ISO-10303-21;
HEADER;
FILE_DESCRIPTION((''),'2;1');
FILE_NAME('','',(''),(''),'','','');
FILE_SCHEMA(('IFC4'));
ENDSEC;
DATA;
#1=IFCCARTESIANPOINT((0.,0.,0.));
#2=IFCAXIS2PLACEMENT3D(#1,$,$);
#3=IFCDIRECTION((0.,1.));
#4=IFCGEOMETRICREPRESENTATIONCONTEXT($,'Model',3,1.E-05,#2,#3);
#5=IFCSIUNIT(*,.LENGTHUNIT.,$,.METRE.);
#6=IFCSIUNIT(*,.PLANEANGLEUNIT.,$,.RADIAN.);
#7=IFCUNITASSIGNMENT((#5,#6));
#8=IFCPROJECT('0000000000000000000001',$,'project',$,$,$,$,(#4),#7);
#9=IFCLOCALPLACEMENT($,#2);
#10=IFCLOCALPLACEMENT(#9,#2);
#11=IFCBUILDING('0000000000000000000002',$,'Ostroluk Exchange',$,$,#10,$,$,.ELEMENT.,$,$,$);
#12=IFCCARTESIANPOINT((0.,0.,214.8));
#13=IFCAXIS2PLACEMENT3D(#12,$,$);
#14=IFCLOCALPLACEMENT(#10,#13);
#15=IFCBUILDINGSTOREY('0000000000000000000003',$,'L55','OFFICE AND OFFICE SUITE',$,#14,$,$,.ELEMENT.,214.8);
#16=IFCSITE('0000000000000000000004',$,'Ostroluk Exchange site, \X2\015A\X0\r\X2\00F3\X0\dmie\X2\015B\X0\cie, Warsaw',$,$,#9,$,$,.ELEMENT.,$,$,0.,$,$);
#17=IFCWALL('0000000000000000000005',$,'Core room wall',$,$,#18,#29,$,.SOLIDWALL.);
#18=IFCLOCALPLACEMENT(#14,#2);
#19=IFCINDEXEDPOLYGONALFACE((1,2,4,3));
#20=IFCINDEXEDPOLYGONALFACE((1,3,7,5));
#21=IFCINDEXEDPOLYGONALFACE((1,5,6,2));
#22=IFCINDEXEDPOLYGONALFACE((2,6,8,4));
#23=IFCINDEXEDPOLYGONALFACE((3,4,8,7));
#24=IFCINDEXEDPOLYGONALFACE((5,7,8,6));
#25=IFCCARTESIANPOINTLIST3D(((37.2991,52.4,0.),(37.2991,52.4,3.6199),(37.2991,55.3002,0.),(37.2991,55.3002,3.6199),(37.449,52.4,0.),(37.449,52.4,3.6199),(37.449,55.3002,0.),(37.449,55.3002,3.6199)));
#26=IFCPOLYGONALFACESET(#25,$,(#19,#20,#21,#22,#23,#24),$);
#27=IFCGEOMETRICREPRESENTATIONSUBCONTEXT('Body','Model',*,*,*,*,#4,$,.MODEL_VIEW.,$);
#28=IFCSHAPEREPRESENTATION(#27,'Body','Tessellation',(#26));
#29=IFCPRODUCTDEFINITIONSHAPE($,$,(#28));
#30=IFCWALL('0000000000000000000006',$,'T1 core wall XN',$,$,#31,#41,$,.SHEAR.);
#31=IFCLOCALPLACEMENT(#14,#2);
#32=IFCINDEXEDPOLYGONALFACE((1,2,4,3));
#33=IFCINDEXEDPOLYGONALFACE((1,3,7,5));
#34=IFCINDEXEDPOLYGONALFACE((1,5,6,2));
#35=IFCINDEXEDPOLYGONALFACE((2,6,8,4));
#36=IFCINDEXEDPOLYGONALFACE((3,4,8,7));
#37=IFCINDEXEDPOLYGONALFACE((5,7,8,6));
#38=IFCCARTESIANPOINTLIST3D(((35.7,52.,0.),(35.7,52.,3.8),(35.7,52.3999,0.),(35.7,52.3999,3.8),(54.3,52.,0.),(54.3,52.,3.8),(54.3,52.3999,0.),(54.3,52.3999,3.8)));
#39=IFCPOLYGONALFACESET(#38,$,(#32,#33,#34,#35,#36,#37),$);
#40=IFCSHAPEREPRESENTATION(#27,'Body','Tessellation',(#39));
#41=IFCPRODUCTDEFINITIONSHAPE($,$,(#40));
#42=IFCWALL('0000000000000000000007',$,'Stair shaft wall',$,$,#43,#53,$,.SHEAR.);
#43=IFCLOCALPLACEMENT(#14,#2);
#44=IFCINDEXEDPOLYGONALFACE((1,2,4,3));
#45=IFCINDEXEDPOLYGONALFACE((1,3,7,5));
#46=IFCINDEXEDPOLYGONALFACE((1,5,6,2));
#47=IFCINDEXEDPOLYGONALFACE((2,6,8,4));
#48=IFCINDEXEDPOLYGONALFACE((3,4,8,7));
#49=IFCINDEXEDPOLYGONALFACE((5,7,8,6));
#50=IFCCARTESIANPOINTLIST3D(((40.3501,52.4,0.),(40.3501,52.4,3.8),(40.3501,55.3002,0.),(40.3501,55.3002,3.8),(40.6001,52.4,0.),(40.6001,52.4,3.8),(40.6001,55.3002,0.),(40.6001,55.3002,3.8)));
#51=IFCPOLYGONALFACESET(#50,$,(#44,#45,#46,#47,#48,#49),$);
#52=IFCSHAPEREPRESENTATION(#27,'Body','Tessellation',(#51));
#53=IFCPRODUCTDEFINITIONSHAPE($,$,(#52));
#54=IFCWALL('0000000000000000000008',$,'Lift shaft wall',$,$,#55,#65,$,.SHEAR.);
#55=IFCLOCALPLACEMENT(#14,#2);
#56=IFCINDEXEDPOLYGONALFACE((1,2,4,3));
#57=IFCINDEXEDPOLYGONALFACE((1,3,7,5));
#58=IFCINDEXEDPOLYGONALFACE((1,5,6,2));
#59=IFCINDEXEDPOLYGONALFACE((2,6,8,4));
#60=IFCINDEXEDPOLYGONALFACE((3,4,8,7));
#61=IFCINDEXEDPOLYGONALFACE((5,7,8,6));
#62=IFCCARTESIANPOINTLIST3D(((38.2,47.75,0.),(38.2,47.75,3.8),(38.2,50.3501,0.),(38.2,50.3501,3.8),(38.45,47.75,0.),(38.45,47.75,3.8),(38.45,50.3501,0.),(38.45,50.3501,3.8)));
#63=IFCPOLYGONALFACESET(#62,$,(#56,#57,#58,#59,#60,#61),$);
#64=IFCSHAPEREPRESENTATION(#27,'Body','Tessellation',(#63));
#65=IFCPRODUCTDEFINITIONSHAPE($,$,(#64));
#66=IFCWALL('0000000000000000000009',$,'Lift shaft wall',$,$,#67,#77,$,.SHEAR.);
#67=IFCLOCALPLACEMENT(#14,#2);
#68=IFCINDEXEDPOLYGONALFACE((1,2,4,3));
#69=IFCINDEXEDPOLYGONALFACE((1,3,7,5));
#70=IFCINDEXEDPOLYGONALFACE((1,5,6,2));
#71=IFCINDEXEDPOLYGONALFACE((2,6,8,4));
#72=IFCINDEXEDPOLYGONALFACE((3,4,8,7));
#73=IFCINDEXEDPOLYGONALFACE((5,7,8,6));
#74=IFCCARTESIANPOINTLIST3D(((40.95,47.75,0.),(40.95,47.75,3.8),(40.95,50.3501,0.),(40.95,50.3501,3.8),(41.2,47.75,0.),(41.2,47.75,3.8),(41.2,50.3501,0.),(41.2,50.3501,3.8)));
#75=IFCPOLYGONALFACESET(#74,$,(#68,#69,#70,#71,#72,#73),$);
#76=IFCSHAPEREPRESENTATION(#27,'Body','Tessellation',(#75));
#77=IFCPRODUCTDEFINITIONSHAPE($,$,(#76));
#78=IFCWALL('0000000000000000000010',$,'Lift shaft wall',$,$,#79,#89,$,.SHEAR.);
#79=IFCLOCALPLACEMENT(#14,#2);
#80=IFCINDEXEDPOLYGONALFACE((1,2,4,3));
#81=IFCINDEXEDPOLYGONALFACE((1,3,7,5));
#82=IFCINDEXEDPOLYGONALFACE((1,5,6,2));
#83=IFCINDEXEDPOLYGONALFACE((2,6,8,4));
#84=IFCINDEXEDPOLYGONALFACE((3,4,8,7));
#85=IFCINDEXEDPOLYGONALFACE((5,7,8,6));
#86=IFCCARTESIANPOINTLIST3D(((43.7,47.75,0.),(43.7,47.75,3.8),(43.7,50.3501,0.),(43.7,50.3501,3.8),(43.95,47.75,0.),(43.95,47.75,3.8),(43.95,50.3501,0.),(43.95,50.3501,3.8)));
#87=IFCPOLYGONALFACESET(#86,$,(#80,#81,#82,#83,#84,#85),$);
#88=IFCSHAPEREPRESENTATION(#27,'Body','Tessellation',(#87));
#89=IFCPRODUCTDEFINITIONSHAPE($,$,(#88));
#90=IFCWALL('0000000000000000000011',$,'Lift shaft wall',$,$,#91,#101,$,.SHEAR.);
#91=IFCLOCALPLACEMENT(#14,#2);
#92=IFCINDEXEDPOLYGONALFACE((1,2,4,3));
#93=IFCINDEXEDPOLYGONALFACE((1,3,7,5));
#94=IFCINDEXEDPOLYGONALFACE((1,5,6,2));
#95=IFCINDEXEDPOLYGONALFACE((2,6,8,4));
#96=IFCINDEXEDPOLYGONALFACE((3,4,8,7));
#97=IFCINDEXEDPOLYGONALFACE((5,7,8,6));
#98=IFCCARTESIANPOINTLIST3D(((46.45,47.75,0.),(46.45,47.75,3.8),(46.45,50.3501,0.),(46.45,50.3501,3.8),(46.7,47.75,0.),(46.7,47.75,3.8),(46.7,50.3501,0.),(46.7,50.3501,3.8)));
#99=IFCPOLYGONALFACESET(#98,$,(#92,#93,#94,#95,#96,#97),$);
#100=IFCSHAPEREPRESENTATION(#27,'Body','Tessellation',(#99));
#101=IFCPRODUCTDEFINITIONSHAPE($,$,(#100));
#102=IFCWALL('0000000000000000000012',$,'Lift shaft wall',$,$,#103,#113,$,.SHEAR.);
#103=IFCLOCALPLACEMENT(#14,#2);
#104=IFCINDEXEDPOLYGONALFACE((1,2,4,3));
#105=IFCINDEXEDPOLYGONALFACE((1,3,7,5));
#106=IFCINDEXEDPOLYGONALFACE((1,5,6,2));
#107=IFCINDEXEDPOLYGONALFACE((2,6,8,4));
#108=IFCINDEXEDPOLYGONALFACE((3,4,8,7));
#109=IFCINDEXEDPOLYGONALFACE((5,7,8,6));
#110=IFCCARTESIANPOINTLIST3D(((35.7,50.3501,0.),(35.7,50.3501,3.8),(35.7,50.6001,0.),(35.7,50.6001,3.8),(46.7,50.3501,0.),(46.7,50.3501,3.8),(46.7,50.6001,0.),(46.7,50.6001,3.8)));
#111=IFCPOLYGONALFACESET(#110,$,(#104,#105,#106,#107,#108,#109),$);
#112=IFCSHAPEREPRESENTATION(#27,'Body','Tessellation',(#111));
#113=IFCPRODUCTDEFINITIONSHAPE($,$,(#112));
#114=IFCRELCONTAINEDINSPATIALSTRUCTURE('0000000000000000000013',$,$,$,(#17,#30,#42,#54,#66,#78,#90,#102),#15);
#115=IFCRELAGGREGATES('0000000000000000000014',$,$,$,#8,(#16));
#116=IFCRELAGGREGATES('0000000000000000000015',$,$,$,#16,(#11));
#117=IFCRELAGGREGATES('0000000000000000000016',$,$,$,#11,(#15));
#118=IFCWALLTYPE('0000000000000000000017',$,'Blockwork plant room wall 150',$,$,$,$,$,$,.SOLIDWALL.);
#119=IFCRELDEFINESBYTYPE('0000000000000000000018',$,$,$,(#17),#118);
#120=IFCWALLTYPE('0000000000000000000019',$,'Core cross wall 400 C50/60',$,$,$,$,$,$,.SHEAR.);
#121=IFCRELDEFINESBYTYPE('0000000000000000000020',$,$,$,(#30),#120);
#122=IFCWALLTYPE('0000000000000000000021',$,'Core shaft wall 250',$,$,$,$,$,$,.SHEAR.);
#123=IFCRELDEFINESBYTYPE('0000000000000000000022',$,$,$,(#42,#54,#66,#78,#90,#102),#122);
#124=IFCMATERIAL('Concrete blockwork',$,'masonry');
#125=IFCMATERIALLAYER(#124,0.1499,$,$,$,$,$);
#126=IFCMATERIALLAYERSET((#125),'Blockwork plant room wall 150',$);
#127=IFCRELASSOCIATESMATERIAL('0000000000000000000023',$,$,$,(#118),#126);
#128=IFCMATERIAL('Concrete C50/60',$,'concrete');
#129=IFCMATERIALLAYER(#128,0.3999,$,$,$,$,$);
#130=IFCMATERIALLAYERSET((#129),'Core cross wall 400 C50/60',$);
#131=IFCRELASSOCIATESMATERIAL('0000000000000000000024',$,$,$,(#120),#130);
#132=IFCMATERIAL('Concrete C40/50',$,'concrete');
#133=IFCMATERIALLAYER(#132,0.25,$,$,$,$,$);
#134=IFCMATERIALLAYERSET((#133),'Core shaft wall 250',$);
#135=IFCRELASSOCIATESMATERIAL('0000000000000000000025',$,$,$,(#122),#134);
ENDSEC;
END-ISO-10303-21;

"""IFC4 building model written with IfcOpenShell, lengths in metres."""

from ifc_helpers import new_model, si_unit, direction, frame, frame_2d, origin, place, context, subcontext, project, spatial, rectangle, extrude, material, layer, layer_set, type_object, element, save


model = new_model("IFC4")

# Units and contexts
model_context = context("Model", 3, precision=1e-05, world=origin(), true_north=direction((0.0, 1.0)))
body_context = subcontext(model_context, "Body", "Model", "MODEL_VIEW")
ifc_project = project(units=[si_unit("LENGTHUNIT", "METRE"), si_unit("PLANEANGLEUNIT", "RADIAN")], contexts=[model_context])

# Site, building, storey
site_placement = place(None, origin())
site = spatial("IfcSite", under=ifc_project, at=site_placement, Name="Ostroluk Exchange site, Śródmieście, Warsaw", CompositionType="ELEMENT", RefElevation=0.0)
building_placement = place(site_placement, origin())
building = spatial("IfcBuilding", under=site, at=building_placement, Name="Ostroluk Exchange", CompositionType="ELEMENT")
storey_placement = place(building_placement, frame((0.0, 0.0, 214.8)))
storey = spatial("IfcBuildingStorey", under=building, at=storey_placement, Name="L55", Description="OFFICE AND OFFICE SUITE", CompositionType="ELEMENT", Elevation=214.8)

# Walls
ifc_material_1 = material(Name="Concrete blockwork", Category="masonry")
ifc_layer_1 = layer(ifc_material_1, 0.1499)
ifc_layer_set_1 = layer_set([ifc_layer_1], Name="Blockwork plant room wall 150")
wall_type_1 = type_object("IfcWallType", Name="Blockwork plant room wall 150", PredefinedType="SOLIDWALL", material=ifc_layer_set_1)
wall_1_placement = place(storey_placement, frame((37.374, 52.3999, 0.0), z_axis=(0.0, 0.0, 1.0), x_axis=(0.0, 1.0, 0.0)))
element("IfcWall", 1, at=wall_1_placement, inside=storey, type_object=wall_type_1, Name="Core room wall", PredefinedType="SOLIDWALL", context=body_context, shape_type="SweptSolid", body=[
    extrude(rectangle(XDim=2.9001, YDim=0.1499, at=frame_2d((1.4502, 0.0))), origin(), (0.0, 0.0, 1.0), 3.6199),
])
ifc_material_2 = material(Name="Concrete C50/60", Category="concrete")
ifc_layer_2 = layer(ifc_material_2, 0.3999)
ifc_layer_set_2 = layer_set([ifc_layer_2], Name="Core cross wall 400 C50/60")
wall_type_2 = type_object("IfcWallType", Name="Core cross wall 400 C50/60", PredefinedType="SHEAR", material=ifc_layer_set_2)
wall_2_placement = place(storey_placement, frame((35.7, 52.2, 0.0), z_axis=(0.0, 0.0, 1.0), x_axis=(1.0, 0.0, 0.0)))
element("IfcWall", 2, at=wall_2_placement, inside=storey, type_object=wall_type_2, Name="T1 core wall XN", PredefinedType="SHEAR", context=body_context, shape_type="SweptSolid", body=[
    extrude(rectangle(XDim=18.6001, YDim=0.3999, at=frame_2d((9.3, 0.0))), origin(), (0.0, 0.0, 1.0), 3.8),
])
ifc_material_3 = material(Name="Concrete C40/50", Category="concrete")
ifc_layer_3 = layer(ifc_material_3, 0.25)
ifc_layer_set_3 = layer_set([ifc_layer_3], Name="Core shaft wall 250")
wall_type_3 = type_object("IfcWallType", Name="Core shaft wall 250", PredefinedType="SHEAR", material=ifc_layer_set_3)
wall_3_placement = place(storey_placement, frame((40.4751, 52.3999, 0.0), z_axis=(0.0, 0.0, 1.0), x_axis=(0.0, 1.0, 0.0)))
element("IfcWall", 3, at=wall_3_placement, inside=storey, type_object=wall_type_3, Name="Stair shaft wall", PredefinedType="SHEAR", context=body_context, shape_type="SweptSolid", body=[
    extrude(rectangle(XDim=2.9001, YDim=0.25, at=frame_2d((1.4502, 0.0))), origin(), (0.0, 0.0, 1.0), 3.8),
])
for number, where, z_axis, x_axis, name in (
    (4, (38.325, 47.75, 0.0), (0.0, 0.0, 1.0), (0.0, 1.0, 0.0), "Lift shaft wall"),
    (5, (41.075, 47.75, 0.0), (0.0, 0.0, 1.0), (0.0, 1.0, 0.0), "Lift shaft wall"),
    (6, (43.825, 47.75, 0.0), (0.0, 0.0, 1.0), (0.0, 1.0, 0.0), "Lift shaft wall"),
    (7, (46.575, 47.75, 0.0), (0.0, 0.0, 1.0), (0.0, 1.0, 0.0), "Lift shaft wall"),
):
    element("IfcWall", number, at=place(storey_placement, frame(where, z_axis=z_axis, x_axis=x_axis)), inside=storey, type_object=wall_type_3, Name=name, PredefinedType="SHEAR", context=body_context, shape_type="SweptSolid", body=[
        extrude(rectangle(XDim=2.6001, YDim=0.25, at=frame_2d((1.3, 0.0))), origin(), (0.0, 0.0, 1.0), 3.8),
    ])
wall_4_placement = place(storey_placement, frame((35.7, 50.4751, 0.0), z_axis=(0.0, 0.0, 1.0), x_axis=(1.0, 0.0, 0.0)))
element("IfcWall", 8, at=wall_4_placement, inside=storey, type_object=wall_type_3, Name="Lift shaft wall", PredefinedType="SHEAR", context=body_context, shape_type="SweptSolid", body=[
    extrude(rectangle(XDim=11.0, YDim=0.25, at=frame_2d((5.5, 0.0))), origin(), (0.0, 0.0, 1.0), 3.8),
])

save(model, "model.ifc")
